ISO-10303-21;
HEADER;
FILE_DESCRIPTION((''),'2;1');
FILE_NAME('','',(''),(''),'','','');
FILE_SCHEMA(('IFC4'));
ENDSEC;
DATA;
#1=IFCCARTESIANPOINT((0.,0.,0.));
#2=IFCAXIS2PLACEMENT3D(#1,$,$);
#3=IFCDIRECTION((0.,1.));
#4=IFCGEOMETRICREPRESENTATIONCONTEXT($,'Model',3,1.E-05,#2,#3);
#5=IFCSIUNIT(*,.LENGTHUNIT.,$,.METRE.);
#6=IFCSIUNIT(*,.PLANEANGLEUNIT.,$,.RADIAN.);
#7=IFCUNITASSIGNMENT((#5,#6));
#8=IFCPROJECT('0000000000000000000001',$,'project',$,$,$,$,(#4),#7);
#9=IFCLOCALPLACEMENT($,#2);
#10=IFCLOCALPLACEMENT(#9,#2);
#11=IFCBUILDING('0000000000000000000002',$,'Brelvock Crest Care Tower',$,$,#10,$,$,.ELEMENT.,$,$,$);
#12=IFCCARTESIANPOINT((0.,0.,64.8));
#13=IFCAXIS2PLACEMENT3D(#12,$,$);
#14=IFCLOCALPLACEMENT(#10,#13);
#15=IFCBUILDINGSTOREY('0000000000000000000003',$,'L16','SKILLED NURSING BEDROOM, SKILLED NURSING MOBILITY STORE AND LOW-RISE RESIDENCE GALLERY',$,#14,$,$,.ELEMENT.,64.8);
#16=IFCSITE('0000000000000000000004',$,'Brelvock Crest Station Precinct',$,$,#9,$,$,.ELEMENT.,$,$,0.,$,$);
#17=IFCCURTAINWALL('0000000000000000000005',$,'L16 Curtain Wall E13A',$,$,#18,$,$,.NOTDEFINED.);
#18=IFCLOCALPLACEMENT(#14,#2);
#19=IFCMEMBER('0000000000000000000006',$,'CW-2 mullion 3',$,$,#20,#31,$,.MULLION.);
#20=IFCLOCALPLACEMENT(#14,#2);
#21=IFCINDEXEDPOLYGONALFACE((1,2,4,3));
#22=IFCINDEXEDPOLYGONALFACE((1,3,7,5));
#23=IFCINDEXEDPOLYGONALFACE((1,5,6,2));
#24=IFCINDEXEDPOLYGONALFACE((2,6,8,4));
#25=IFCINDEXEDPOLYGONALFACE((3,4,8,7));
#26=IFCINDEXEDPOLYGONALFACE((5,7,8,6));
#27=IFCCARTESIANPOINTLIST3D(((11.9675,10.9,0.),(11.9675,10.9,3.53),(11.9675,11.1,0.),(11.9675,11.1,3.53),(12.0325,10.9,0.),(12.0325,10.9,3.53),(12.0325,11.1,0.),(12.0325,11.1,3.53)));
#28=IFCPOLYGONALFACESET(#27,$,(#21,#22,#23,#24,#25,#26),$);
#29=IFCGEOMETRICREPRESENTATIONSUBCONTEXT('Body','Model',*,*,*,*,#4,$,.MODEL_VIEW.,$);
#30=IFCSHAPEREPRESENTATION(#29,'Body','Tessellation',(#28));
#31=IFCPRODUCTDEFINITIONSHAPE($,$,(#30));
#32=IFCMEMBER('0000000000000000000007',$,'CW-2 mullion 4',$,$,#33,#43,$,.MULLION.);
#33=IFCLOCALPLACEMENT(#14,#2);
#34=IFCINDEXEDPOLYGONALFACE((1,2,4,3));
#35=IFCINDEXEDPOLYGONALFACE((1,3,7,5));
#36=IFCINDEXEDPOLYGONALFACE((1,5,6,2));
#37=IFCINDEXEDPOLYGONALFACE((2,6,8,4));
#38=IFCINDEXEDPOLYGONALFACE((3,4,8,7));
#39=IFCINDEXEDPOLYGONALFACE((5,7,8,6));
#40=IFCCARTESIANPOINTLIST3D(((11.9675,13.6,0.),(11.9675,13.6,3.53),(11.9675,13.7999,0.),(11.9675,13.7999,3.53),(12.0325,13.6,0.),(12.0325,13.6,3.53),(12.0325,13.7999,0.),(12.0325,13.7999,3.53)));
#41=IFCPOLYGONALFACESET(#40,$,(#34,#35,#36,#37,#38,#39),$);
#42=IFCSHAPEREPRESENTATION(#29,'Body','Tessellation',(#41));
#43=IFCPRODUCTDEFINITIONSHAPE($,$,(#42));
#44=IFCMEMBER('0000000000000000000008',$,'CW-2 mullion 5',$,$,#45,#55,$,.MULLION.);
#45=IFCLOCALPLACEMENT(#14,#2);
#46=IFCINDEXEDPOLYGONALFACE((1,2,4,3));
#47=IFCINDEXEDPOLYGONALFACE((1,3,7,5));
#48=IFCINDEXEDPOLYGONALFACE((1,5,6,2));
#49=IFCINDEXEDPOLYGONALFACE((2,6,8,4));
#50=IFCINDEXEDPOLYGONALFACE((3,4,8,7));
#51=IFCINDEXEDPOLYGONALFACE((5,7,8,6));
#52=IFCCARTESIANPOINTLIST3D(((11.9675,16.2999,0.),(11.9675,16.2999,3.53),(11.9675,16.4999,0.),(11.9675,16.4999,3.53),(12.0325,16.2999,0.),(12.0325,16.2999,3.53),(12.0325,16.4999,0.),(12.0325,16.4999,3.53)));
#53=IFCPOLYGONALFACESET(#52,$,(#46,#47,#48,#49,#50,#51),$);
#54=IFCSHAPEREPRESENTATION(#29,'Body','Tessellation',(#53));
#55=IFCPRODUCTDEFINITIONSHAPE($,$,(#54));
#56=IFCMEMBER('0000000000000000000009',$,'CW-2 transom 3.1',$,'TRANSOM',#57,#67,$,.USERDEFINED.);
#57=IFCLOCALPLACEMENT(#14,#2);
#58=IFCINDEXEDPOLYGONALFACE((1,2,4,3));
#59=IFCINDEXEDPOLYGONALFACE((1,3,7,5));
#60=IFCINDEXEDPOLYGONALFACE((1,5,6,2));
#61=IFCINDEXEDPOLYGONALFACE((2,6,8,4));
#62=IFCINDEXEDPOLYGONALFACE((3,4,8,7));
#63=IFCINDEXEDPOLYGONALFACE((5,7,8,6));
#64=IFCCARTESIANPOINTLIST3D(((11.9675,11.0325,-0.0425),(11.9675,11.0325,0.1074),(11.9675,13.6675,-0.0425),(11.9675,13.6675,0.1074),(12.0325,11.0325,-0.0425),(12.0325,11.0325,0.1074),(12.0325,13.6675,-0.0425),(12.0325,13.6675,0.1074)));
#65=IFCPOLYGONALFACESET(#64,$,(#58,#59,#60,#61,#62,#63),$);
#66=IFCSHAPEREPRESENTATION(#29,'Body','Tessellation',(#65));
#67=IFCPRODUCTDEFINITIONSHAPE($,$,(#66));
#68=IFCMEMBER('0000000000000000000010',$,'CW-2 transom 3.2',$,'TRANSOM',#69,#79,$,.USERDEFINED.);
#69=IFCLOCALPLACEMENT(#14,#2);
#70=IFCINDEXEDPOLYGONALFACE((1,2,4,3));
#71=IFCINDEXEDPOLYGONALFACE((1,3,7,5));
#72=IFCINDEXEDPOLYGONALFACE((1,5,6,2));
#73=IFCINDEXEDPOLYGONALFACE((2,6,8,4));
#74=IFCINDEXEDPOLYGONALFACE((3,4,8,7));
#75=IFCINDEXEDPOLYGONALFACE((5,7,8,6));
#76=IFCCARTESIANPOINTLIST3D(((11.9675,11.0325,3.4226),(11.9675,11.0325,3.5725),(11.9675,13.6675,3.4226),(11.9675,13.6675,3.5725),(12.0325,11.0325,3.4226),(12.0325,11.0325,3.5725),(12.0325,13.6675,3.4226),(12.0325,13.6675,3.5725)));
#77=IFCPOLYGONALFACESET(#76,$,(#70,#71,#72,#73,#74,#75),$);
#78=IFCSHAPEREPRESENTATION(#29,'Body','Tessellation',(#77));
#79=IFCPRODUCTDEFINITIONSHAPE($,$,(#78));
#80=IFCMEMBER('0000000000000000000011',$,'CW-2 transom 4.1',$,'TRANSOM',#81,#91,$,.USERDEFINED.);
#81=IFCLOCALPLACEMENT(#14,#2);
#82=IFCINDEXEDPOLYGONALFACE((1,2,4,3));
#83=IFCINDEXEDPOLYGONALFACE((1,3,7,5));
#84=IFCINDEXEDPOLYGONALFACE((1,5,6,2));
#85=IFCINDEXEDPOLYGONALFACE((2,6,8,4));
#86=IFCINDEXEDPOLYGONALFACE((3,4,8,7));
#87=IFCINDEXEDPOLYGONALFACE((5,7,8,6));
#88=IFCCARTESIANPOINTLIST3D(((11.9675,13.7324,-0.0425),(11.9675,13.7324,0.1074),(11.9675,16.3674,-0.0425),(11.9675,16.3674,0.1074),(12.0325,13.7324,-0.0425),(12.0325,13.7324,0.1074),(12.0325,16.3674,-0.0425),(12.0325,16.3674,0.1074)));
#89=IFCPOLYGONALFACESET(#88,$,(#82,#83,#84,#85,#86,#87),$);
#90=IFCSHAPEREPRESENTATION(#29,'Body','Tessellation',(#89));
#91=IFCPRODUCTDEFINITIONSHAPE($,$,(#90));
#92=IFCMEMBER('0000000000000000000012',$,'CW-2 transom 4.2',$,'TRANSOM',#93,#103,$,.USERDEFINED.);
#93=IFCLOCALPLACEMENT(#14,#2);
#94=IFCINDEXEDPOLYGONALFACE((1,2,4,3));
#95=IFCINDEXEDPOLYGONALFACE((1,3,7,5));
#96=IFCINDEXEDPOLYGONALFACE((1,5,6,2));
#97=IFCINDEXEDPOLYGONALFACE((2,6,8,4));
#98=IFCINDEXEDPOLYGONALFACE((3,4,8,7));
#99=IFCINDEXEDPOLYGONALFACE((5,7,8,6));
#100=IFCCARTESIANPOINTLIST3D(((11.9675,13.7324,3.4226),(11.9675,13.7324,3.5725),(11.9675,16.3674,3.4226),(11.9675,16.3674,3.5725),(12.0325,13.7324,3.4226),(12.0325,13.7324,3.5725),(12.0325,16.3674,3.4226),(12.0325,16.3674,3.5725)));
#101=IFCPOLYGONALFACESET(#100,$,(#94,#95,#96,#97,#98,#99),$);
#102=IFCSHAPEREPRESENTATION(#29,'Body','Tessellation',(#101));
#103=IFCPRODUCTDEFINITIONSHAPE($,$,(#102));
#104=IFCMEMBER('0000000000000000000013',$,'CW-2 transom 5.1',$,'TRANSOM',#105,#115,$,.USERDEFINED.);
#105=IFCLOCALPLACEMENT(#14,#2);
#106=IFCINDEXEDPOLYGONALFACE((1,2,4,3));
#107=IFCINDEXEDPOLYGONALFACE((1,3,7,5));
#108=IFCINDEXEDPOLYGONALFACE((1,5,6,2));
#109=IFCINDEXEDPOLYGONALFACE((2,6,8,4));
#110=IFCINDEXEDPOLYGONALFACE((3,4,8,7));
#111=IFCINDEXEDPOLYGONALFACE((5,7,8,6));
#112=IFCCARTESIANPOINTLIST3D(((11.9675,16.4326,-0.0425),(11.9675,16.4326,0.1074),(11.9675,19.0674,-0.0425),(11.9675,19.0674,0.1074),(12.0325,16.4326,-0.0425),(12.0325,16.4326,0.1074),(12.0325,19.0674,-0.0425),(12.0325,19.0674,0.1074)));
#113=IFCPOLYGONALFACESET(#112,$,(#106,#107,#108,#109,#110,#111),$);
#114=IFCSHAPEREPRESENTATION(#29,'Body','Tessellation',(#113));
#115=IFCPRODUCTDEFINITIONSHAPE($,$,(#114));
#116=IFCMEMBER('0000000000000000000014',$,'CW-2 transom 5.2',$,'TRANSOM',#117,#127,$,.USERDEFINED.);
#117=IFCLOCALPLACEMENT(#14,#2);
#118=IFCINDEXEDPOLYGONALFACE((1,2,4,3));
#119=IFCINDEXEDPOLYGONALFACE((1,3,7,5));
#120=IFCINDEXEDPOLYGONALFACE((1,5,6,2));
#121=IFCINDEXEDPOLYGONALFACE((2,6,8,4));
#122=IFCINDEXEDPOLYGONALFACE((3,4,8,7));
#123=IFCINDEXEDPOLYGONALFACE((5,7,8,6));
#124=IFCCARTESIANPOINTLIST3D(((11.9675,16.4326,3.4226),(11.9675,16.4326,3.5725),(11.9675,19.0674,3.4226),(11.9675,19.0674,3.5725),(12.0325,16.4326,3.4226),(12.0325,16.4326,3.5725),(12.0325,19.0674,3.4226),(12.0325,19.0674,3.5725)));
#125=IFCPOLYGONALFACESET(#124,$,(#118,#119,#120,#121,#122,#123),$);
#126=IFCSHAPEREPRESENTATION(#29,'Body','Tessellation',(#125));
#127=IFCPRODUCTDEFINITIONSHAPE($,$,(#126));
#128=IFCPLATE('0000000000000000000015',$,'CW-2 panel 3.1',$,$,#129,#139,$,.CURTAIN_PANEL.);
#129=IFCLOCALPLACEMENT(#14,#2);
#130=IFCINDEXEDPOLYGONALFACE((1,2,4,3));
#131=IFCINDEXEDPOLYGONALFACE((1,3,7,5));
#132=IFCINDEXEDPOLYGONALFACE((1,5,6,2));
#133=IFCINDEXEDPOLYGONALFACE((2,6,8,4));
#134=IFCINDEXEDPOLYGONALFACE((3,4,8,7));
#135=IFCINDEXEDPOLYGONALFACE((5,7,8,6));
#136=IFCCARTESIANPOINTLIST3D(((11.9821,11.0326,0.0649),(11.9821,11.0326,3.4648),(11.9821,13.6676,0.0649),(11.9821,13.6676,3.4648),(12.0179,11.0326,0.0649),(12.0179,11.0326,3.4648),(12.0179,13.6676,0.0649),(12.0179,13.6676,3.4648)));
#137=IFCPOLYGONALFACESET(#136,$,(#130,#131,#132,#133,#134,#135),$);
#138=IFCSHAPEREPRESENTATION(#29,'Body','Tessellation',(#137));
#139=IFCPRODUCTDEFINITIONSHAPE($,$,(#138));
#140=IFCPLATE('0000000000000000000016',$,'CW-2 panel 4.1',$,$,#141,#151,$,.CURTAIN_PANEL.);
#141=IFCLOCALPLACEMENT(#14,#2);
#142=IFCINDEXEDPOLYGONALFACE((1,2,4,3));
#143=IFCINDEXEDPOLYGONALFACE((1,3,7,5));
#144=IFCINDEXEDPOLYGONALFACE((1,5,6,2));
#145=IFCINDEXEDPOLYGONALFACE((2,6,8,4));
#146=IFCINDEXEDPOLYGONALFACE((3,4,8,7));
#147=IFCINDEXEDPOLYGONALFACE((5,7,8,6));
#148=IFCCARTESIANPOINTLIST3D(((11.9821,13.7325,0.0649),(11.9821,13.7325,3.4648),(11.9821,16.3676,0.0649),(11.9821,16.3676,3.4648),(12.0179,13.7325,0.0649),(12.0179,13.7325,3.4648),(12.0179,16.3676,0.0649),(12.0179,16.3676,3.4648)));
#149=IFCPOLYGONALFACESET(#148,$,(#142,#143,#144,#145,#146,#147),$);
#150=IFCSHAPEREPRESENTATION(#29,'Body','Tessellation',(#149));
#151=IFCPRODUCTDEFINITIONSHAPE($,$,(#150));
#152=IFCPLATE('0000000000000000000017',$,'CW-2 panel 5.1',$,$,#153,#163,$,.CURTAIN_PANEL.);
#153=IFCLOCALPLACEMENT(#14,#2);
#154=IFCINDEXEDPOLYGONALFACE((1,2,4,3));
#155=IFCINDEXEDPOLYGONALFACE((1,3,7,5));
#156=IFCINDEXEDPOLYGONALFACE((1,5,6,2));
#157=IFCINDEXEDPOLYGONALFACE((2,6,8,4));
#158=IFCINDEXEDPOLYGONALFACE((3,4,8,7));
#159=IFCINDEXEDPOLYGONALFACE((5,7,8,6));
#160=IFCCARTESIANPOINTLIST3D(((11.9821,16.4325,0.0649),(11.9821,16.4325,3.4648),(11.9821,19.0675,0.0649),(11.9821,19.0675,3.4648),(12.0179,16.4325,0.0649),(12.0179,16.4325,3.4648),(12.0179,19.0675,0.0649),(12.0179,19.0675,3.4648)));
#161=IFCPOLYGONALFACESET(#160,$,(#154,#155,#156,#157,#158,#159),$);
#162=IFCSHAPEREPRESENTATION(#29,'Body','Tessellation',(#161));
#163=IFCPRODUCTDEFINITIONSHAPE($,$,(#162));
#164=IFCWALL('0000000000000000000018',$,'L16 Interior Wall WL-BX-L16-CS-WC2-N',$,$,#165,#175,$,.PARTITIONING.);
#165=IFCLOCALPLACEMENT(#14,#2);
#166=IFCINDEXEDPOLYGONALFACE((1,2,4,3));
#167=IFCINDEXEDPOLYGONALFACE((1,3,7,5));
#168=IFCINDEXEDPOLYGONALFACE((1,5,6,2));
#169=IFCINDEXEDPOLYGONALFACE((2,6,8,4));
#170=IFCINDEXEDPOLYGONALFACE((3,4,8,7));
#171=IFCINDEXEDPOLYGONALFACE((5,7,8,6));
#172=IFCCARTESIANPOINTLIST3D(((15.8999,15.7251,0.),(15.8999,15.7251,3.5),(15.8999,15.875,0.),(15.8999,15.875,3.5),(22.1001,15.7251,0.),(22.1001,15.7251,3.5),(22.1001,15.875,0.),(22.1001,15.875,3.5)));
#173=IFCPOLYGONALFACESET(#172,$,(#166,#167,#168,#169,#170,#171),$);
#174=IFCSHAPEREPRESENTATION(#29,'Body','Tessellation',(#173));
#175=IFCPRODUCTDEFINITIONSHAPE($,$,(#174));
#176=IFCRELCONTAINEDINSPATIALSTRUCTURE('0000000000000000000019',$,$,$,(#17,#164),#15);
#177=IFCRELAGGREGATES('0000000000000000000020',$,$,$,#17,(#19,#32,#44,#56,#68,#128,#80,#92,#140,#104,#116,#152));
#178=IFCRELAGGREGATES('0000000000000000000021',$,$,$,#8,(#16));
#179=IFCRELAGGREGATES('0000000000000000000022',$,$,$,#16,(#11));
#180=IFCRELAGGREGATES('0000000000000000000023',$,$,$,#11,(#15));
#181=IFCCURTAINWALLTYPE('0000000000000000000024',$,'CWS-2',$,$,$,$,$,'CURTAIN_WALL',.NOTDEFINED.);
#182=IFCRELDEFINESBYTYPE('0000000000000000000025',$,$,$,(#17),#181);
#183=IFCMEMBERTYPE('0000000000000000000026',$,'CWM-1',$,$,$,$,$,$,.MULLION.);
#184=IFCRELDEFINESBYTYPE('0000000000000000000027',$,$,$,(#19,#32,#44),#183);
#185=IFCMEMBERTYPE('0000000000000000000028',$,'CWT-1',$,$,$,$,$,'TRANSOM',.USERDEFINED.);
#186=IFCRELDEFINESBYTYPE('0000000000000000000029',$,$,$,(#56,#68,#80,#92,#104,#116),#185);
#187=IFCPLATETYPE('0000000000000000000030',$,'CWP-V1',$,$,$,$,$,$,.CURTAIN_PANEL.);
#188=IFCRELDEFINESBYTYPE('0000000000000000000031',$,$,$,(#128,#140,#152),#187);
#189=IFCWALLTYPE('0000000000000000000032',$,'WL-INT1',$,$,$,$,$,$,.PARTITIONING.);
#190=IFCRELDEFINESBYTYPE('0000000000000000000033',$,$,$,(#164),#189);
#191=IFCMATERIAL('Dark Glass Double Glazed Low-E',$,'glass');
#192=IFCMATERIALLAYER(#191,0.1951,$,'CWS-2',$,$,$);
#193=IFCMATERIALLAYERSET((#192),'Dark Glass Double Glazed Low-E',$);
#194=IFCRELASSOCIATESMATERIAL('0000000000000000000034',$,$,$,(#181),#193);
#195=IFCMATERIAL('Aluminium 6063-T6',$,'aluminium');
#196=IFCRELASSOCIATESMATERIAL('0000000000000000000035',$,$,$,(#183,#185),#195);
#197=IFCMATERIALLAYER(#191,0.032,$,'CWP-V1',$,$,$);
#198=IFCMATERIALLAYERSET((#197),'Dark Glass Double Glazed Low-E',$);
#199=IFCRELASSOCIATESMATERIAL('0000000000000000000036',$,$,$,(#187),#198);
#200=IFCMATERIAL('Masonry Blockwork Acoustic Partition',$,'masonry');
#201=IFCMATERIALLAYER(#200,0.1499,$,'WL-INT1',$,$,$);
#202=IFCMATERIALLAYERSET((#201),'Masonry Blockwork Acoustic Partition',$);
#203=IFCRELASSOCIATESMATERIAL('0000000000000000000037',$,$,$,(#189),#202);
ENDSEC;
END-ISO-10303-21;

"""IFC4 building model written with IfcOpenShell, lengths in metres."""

from ifc_helpers import new_model, si_unit, direction, frame, frame_2d, origin, origin_2d, place, context, subcontext, project, spatial, rectangle, extrude, source, transform, mapped, material, layer, layer_set, material_profile, profile_set, type_object, element, aggregate, save


model = new_model("IFC4")

# Units and contexts
model_context = context("Model", 3, precision=1e-05, world=origin(), true_north=direction((0.0, 1.0)))
body_context = subcontext(model_context, "Body", "Model", "MODEL_VIEW")
ifc_project = project(units=[si_unit("LENGTHUNIT", "METRE"), si_unit("PLANEANGLEUNIT", "RADIAN")], contexts=[model_context])

# Site, building, storey
site_placement = place(None, origin())
site = spatial("IfcSite", under=ifc_project, at=site_placement, Name="Brelvock Crest Station Precinct", CompositionType="ELEMENT", RefElevation=0.0)
building_placement = place(site_placement, origin())
building = spatial("IfcBuilding", under=site, at=building_placement, Name="Brelvock Crest Care Tower", CompositionType="ELEMENT")
storey_placement = place(building_placement, frame((0.0, 0.0, 64.8)))
storey = spatial("IfcBuildingStorey", under=building, at=storey_placement, Name="L16", Description="SKILLED NURSING BEDROOM, SKILLED NURSING MOBILITY STORE AND LOW-RISE RESIDENCE GALLERY", CompositionType="ELEMENT", Elevation=64.8)

# Curtain wall, members, plates
ifc_material_1 = material(Name="Dark Glass Double Glazed Low-E", Category="glass")
ifc_layer_1 = layer(ifc_material_1, 0.1951, Name="CWS-2")
ifc_layer_set_1 = layer_set([ifc_layer_1], Name="Dark Glass Double Glazed Low-E")
curtain_wall_type = type_object("IfcCurtainWallType", Name="CWS-2", ElementType="CURTAIN_WALL", PredefinedType="NOTDEFINED", material=ifc_layer_set_1)
curtain_wall_placement = place(storey_placement, origin())
curtain_wall = element("IfcCurtainWall", 1, at=curtain_wall_placement, inside=storey, type_object=curtain_wall_type, Name="L16 Curtain Wall E13A", PredefinedType="NOTDEFINED")
ifc_material_2 = material(Name="Aluminium 6063-T6", Category="aluminium")
ifc_material_profile_1 = material_profile(ifc_material_2, rectangle(XDim=0.0649, YDim=0.2, at=origin_2d()), Name="ALU65x200")
ifc_profile_set_1 = profile_set([ifc_material_profile_1], Name="Aluminium 6063-T6")
member_type_1 = type_object("IfcMemberType", Name="CWM-1", PredefinedType="MULLION", material=ifc_profile_set_1)
shared_shape_1 = source(origin(), body_context, "Body", "SweptSolid", [
    extrude(rectangle(XDim=0.0649, YDim=0.2, at=origin_2d()), origin(), (0.0, 0.0, 1.0), 3.53),
])
member_1_placement = place(storey_placement, frame((12.0, 11.0, 0.0), z_axis=(0.0, 0.0, 1.0), x_axis=(-1.0, 0.0, 0.0)))
member_1 = element("IfcMember", 2, at=member_1_placement, type_object=member_type_1, Name="CW-2 mullion 3", PredefinedType="MULLION", context=body_context, shape_type="MappedRepresentation", body=[
    mapped(shared_shape_1, transform((0.0, 0.0, 0.0), x_axis=(1.0, 0.0, 0.0), y_axis=(0.0, 1.0, 0.0), z_axis=(0.0, 0.0, 1.0), scale=1.0)),
])
member_2_placement = place(storey_placement, frame((12.0, 13.7, 0.0), z_axis=(0.0, 0.0, 1.0), x_axis=(-1.0, 0.0, 0.0)))
member_2 = element("IfcMember", 3, at=member_2_placement, type_object=member_type_1, Name="CW-2 mullion 4", PredefinedType="MULLION", context=body_context, shape_type="MappedRepresentation", body=[
    mapped(shared_shape_1, transform((0.0, 0.0, 0.0), x_axis=(1.0, 0.0, 0.0), y_axis=(0.0, 1.0, 0.0), z_axis=(0.0, 0.0, 1.0), scale=1.0)),
])
member_3_placement = place(storey_placement, frame((12.0, 16.3999, 0.0), z_axis=(0.0, 0.0, 1.0), x_axis=(-1.0, 0.0, 0.0)))
member_3 = element("IfcMember", 4, at=member_3_placement, type_object=member_type_1, Name="CW-2 mullion 5", PredefinedType="MULLION", context=body_context, shape_type="MappedRepresentation", body=[
    mapped(shared_shape_1, transform((0.0, 0.0, 0.0), x_axis=(1.0, 0.0, 0.0), y_axis=(0.0, 1.0, 0.0), z_axis=(0.0, 0.0, 1.0), scale=1.0)),
])
ifc_material_profile_2 = material_profile(ifc_material_2, rectangle(XDim=0.0649, YDim=0.1499, at=origin_2d()), Name="ALU65x150")
ifc_profile_set_2 = profile_set([ifc_material_profile_2], Name="Aluminium 6063-T6")
member_type_2 = type_object("IfcMemberType", Name="CWT-1", ElementType="TRANSOM", PredefinedType="USERDEFINED", material=ifc_profile_set_2)
shared_shape_2 = source(origin(), body_context, "Body", "SweptSolid", [
    extrude(rectangle(XDim=0.0649, YDim=0.1499, at=origin_2d()), origin(), (0.0, 0.0, 1.0), 2.635),
])
member_4_placement = place(storey_placement, frame((12.0, 11.0325, 0.0325), z_axis=(0.0, 1.0, 0.0), x_axis=(-1.0, 0.0, 0.0)))
member_4 = element("IfcMember", 5, at=member_4_placement, type_object=member_type_2, Name="CW-2 transom 3.1", ObjectType="TRANSOM", PredefinedType="USERDEFINED", context=body_context, shape_type="MappedRepresentation", body=[
    mapped(shared_shape_2, transform((0.0, 0.0, 0.0), x_axis=(1.0, 0.0, 0.0), y_axis=(0.0, 1.0, 0.0), z_axis=(0.0, 0.0, 1.0), scale=1.0)),
])
member_5_placement = place(storey_placement, frame((12.0, 11.0325, 3.4976), z_axis=(0.0, 1.0, 0.0), x_axis=(-1.0, 0.0, 0.0)))
member_5 = element("IfcMember", 6, at=member_5_placement, type_object=member_type_2, Name="CW-2 transom 3.2", ObjectType="TRANSOM", PredefinedType="USERDEFINED", context=body_context, shape_type="MappedRepresentation", body=[
    mapped(shared_shape_2, transform((0.0, 0.0, 0.0), x_axis=(1.0, 0.0, 0.0), y_axis=(0.0, 1.0, 0.0), z_axis=(0.0, 0.0, 1.0), scale=1.0)),
])
member_6_placement = place(storey_placement, frame((12.0, 13.7324, 0.0325), z_axis=(0.0, 1.0, 0.0), x_axis=(-1.0, 0.0, 0.0)))
member_6 = element("IfcMember", 7, at=member_6_placement, type_object=member_type_2, Name="CW-2 transom 4.1", ObjectType="TRANSOM", PredefinedType="USERDEFINED", context=body_context, shape_type="MappedRepresentation", body=[
    mapped(shared_shape_2, transform((0.0, 0.0, 0.0), x_axis=(1.0, 0.0, 0.0), y_axis=(0.0, 1.0, 0.0), z_axis=(0.0, 0.0, 1.0), scale=1.0)),
])
member_7_placement = place(storey_placement, frame((12.0, 13.7324, 3.4976), z_axis=(0.0, 1.0, 0.0), x_axis=(-1.0, 0.0, 0.0)))
member_7 = element("IfcMember", 8, at=member_7_placement, type_object=member_type_2, Name="CW-2 transom 4.2", ObjectType="TRANSOM", PredefinedType="USERDEFINED", context=body_context, shape_type="MappedRepresentation", body=[
    mapped(shared_shape_2, transform((0.0, 0.0, 0.0), x_axis=(1.0, 0.0, 0.0), y_axis=(0.0, 1.0, 0.0), z_axis=(0.0, 0.0, 1.0), scale=1.0)),
])
shared_shape_3 = source(origin(), body_context, "Body", "SweptSolid", [
    extrude(rectangle(XDim=0.0649, YDim=0.1499, at=origin_2d()), origin(), (0.0, 0.0, 1.0), 2.6348),
])
member_8_placement = place(storey_placement, frame((12.0, 16.4326, 0.0325), z_axis=(0.0, 1.0, 0.0), x_axis=(-1.0, 0.0, 0.0)))
member_8 = element("IfcMember", 9, at=member_8_placement, type_object=member_type_2, Name="CW-2 transom 5.1", ObjectType="TRANSOM", PredefinedType="USERDEFINED", context=body_context, shape_type="MappedRepresentation", body=[
    mapped(shared_shape_3, transform((0.0, 0.0, 0.0), x_axis=(1.0, 0.0, 0.0), y_axis=(0.0, 1.0, 0.0), z_axis=(0.0, 0.0, 1.0), scale=1.0)),
])
member_9_placement = place(storey_placement, frame((12.0, 16.4326, 3.4976), z_axis=(0.0, 1.0, 0.0), x_axis=(-1.0, 0.0, 0.0)))
member_9 = element("IfcMember", 10, at=member_9_placement, type_object=member_type_2, Name="CW-2 transom 5.2", ObjectType="TRANSOM", PredefinedType="USERDEFINED", context=body_context, shape_type="MappedRepresentation", body=[
    mapped(shared_shape_3, transform((0.0, 0.0, 0.0), x_axis=(1.0, 0.0, 0.0), y_axis=(0.0, 1.0, 0.0), z_axis=(0.0, 0.0, 1.0), scale=1.0)),
])
ifc_layer_2 = layer(ifc_material_1, 0.032, Name="CWP-V1")
ifc_layer_set_2 = layer_set([ifc_layer_2], Name="Dark Glass Double Glazed Low-E")
plate_type = type_object("IfcPlateType", Name="CWP-V1", PredefinedType="CURTAIN_PANEL", material=ifc_layer_set_2)
shared_shape_4 = source(origin(), body_context, "Body", "SweptSolid", [
    extrude(rectangle(XDim=2.635, YDim=0.0359, at=origin_2d()), origin(), (0.0, 0.0, 1.0), 3.3999),
])
plate_1_placement = place(storey_placement, frame((12.0, 12.3501, 0.0649), z_axis=(0.0, 0.0, 1.0), x_axis=(0.0, 1.0, 0.0)))
plate_1 = element("IfcPlate", 11, at=plate_1_placement, type_object=plate_type, Name="CW-2 panel 3.1", PredefinedType="CURTAIN_PANEL", context=body_context, shape_type="MappedRepresentation", body=[
    mapped(shared_shape_4, transform((0.0, 0.0, 0.0), x_axis=(1.0, 0.0, 0.0), y_axis=(0.0, 1.0, 0.0), z_axis=(0.0, 0.0, 1.0), scale=1.0)),
])
plate_2_placement = place(storey_placement, frame((12.0, 15.05, 0.0649), z_axis=(0.0, 0.0, 1.0), x_axis=(0.0, 1.0, 0.0)))
plate_2 = element("IfcPlate", 12, at=plate_2_placement, type_object=plate_type, Name="CW-2 panel 4.1", PredefinedType="CURTAIN_PANEL", context=body_context, shape_type="MappedRepresentation", body=[
    mapped(shared_shape_4, transform((0.0, 0.0, 0.0), x_axis=(1.0, 0.0, 0.0), y_axis=(0.0, 1.0, 0.0), z_axis=(0.0, 0.0, 1.0), scale=1.0)),
])
plate_3_placement = place(storey_placement, frame((12.0, 17.75, 0.0649), z_axis=(0.0, 0.0, 1.0), x_axis=(0.0, 1.0, 0.0)))
plate_3 = element("IfcPlate", 13, at=plate_3_placement, type_object=plate_type, Name="CW-2 panel 5.1", PredefinedType="CURTAIN_PANEL", context=body_context, shape_type="MappedRepresentation", body=[
    mapped(shared_shape_4, transform((0.0, 0.0, 0.0), x_axis=(1.0, 0.0, 0.0), y_axis=(0.0, 1.0, 0.0), z_axis=(0.0, 0.0, 1.0), scale=1.0)),
])
aggregate(curtain_wall, [member_1, member_2, member_3, member_4, member_5, plate_1, member_6, member_7, plate_2, member_8, member_9, plate_3])

# Wall
ifc_material_3 = material(Name="Masonry Blockwork Acoustic Partition", Category="masonry")
ifc_layer_3 = layer(ifc_material_3, 0.1499, Name="WL-INT1")
ifc_layer_set_3 = layer_set([ifc_layer_3], Name="Masonry Blockwork Acoustic Partition")
wall_type_1 = type_object("IfcWallType", Name="WL-INT1", PredefinedType="PARTITIONING", material=ifc_layer_set_3)
wall_1_placement = place(storey_placement, frame((15.8999, 15.8, 0.0), z_axis=(0.0, 0.0, 1.0), x_axis=(1.0, 0.0, 0.0)))
element("IfcWall", 14, at=wall_1_placement, inside=storey, type_object=wall_type_1, Name="L16 Interior Wall WL-BX-L16-CS-WC2-N", PredefinedType="PARTITIONING", context=body_context, shape_type="SweptSolid", body=[
    extrude(rectangle(XDim=6.2002, YDim=0.1499, at=frame_2d((3.1001, 0.0))), origin(), (0.0, 0.0, 1.0), 3.5),
])

save(model, "model.ifc")
